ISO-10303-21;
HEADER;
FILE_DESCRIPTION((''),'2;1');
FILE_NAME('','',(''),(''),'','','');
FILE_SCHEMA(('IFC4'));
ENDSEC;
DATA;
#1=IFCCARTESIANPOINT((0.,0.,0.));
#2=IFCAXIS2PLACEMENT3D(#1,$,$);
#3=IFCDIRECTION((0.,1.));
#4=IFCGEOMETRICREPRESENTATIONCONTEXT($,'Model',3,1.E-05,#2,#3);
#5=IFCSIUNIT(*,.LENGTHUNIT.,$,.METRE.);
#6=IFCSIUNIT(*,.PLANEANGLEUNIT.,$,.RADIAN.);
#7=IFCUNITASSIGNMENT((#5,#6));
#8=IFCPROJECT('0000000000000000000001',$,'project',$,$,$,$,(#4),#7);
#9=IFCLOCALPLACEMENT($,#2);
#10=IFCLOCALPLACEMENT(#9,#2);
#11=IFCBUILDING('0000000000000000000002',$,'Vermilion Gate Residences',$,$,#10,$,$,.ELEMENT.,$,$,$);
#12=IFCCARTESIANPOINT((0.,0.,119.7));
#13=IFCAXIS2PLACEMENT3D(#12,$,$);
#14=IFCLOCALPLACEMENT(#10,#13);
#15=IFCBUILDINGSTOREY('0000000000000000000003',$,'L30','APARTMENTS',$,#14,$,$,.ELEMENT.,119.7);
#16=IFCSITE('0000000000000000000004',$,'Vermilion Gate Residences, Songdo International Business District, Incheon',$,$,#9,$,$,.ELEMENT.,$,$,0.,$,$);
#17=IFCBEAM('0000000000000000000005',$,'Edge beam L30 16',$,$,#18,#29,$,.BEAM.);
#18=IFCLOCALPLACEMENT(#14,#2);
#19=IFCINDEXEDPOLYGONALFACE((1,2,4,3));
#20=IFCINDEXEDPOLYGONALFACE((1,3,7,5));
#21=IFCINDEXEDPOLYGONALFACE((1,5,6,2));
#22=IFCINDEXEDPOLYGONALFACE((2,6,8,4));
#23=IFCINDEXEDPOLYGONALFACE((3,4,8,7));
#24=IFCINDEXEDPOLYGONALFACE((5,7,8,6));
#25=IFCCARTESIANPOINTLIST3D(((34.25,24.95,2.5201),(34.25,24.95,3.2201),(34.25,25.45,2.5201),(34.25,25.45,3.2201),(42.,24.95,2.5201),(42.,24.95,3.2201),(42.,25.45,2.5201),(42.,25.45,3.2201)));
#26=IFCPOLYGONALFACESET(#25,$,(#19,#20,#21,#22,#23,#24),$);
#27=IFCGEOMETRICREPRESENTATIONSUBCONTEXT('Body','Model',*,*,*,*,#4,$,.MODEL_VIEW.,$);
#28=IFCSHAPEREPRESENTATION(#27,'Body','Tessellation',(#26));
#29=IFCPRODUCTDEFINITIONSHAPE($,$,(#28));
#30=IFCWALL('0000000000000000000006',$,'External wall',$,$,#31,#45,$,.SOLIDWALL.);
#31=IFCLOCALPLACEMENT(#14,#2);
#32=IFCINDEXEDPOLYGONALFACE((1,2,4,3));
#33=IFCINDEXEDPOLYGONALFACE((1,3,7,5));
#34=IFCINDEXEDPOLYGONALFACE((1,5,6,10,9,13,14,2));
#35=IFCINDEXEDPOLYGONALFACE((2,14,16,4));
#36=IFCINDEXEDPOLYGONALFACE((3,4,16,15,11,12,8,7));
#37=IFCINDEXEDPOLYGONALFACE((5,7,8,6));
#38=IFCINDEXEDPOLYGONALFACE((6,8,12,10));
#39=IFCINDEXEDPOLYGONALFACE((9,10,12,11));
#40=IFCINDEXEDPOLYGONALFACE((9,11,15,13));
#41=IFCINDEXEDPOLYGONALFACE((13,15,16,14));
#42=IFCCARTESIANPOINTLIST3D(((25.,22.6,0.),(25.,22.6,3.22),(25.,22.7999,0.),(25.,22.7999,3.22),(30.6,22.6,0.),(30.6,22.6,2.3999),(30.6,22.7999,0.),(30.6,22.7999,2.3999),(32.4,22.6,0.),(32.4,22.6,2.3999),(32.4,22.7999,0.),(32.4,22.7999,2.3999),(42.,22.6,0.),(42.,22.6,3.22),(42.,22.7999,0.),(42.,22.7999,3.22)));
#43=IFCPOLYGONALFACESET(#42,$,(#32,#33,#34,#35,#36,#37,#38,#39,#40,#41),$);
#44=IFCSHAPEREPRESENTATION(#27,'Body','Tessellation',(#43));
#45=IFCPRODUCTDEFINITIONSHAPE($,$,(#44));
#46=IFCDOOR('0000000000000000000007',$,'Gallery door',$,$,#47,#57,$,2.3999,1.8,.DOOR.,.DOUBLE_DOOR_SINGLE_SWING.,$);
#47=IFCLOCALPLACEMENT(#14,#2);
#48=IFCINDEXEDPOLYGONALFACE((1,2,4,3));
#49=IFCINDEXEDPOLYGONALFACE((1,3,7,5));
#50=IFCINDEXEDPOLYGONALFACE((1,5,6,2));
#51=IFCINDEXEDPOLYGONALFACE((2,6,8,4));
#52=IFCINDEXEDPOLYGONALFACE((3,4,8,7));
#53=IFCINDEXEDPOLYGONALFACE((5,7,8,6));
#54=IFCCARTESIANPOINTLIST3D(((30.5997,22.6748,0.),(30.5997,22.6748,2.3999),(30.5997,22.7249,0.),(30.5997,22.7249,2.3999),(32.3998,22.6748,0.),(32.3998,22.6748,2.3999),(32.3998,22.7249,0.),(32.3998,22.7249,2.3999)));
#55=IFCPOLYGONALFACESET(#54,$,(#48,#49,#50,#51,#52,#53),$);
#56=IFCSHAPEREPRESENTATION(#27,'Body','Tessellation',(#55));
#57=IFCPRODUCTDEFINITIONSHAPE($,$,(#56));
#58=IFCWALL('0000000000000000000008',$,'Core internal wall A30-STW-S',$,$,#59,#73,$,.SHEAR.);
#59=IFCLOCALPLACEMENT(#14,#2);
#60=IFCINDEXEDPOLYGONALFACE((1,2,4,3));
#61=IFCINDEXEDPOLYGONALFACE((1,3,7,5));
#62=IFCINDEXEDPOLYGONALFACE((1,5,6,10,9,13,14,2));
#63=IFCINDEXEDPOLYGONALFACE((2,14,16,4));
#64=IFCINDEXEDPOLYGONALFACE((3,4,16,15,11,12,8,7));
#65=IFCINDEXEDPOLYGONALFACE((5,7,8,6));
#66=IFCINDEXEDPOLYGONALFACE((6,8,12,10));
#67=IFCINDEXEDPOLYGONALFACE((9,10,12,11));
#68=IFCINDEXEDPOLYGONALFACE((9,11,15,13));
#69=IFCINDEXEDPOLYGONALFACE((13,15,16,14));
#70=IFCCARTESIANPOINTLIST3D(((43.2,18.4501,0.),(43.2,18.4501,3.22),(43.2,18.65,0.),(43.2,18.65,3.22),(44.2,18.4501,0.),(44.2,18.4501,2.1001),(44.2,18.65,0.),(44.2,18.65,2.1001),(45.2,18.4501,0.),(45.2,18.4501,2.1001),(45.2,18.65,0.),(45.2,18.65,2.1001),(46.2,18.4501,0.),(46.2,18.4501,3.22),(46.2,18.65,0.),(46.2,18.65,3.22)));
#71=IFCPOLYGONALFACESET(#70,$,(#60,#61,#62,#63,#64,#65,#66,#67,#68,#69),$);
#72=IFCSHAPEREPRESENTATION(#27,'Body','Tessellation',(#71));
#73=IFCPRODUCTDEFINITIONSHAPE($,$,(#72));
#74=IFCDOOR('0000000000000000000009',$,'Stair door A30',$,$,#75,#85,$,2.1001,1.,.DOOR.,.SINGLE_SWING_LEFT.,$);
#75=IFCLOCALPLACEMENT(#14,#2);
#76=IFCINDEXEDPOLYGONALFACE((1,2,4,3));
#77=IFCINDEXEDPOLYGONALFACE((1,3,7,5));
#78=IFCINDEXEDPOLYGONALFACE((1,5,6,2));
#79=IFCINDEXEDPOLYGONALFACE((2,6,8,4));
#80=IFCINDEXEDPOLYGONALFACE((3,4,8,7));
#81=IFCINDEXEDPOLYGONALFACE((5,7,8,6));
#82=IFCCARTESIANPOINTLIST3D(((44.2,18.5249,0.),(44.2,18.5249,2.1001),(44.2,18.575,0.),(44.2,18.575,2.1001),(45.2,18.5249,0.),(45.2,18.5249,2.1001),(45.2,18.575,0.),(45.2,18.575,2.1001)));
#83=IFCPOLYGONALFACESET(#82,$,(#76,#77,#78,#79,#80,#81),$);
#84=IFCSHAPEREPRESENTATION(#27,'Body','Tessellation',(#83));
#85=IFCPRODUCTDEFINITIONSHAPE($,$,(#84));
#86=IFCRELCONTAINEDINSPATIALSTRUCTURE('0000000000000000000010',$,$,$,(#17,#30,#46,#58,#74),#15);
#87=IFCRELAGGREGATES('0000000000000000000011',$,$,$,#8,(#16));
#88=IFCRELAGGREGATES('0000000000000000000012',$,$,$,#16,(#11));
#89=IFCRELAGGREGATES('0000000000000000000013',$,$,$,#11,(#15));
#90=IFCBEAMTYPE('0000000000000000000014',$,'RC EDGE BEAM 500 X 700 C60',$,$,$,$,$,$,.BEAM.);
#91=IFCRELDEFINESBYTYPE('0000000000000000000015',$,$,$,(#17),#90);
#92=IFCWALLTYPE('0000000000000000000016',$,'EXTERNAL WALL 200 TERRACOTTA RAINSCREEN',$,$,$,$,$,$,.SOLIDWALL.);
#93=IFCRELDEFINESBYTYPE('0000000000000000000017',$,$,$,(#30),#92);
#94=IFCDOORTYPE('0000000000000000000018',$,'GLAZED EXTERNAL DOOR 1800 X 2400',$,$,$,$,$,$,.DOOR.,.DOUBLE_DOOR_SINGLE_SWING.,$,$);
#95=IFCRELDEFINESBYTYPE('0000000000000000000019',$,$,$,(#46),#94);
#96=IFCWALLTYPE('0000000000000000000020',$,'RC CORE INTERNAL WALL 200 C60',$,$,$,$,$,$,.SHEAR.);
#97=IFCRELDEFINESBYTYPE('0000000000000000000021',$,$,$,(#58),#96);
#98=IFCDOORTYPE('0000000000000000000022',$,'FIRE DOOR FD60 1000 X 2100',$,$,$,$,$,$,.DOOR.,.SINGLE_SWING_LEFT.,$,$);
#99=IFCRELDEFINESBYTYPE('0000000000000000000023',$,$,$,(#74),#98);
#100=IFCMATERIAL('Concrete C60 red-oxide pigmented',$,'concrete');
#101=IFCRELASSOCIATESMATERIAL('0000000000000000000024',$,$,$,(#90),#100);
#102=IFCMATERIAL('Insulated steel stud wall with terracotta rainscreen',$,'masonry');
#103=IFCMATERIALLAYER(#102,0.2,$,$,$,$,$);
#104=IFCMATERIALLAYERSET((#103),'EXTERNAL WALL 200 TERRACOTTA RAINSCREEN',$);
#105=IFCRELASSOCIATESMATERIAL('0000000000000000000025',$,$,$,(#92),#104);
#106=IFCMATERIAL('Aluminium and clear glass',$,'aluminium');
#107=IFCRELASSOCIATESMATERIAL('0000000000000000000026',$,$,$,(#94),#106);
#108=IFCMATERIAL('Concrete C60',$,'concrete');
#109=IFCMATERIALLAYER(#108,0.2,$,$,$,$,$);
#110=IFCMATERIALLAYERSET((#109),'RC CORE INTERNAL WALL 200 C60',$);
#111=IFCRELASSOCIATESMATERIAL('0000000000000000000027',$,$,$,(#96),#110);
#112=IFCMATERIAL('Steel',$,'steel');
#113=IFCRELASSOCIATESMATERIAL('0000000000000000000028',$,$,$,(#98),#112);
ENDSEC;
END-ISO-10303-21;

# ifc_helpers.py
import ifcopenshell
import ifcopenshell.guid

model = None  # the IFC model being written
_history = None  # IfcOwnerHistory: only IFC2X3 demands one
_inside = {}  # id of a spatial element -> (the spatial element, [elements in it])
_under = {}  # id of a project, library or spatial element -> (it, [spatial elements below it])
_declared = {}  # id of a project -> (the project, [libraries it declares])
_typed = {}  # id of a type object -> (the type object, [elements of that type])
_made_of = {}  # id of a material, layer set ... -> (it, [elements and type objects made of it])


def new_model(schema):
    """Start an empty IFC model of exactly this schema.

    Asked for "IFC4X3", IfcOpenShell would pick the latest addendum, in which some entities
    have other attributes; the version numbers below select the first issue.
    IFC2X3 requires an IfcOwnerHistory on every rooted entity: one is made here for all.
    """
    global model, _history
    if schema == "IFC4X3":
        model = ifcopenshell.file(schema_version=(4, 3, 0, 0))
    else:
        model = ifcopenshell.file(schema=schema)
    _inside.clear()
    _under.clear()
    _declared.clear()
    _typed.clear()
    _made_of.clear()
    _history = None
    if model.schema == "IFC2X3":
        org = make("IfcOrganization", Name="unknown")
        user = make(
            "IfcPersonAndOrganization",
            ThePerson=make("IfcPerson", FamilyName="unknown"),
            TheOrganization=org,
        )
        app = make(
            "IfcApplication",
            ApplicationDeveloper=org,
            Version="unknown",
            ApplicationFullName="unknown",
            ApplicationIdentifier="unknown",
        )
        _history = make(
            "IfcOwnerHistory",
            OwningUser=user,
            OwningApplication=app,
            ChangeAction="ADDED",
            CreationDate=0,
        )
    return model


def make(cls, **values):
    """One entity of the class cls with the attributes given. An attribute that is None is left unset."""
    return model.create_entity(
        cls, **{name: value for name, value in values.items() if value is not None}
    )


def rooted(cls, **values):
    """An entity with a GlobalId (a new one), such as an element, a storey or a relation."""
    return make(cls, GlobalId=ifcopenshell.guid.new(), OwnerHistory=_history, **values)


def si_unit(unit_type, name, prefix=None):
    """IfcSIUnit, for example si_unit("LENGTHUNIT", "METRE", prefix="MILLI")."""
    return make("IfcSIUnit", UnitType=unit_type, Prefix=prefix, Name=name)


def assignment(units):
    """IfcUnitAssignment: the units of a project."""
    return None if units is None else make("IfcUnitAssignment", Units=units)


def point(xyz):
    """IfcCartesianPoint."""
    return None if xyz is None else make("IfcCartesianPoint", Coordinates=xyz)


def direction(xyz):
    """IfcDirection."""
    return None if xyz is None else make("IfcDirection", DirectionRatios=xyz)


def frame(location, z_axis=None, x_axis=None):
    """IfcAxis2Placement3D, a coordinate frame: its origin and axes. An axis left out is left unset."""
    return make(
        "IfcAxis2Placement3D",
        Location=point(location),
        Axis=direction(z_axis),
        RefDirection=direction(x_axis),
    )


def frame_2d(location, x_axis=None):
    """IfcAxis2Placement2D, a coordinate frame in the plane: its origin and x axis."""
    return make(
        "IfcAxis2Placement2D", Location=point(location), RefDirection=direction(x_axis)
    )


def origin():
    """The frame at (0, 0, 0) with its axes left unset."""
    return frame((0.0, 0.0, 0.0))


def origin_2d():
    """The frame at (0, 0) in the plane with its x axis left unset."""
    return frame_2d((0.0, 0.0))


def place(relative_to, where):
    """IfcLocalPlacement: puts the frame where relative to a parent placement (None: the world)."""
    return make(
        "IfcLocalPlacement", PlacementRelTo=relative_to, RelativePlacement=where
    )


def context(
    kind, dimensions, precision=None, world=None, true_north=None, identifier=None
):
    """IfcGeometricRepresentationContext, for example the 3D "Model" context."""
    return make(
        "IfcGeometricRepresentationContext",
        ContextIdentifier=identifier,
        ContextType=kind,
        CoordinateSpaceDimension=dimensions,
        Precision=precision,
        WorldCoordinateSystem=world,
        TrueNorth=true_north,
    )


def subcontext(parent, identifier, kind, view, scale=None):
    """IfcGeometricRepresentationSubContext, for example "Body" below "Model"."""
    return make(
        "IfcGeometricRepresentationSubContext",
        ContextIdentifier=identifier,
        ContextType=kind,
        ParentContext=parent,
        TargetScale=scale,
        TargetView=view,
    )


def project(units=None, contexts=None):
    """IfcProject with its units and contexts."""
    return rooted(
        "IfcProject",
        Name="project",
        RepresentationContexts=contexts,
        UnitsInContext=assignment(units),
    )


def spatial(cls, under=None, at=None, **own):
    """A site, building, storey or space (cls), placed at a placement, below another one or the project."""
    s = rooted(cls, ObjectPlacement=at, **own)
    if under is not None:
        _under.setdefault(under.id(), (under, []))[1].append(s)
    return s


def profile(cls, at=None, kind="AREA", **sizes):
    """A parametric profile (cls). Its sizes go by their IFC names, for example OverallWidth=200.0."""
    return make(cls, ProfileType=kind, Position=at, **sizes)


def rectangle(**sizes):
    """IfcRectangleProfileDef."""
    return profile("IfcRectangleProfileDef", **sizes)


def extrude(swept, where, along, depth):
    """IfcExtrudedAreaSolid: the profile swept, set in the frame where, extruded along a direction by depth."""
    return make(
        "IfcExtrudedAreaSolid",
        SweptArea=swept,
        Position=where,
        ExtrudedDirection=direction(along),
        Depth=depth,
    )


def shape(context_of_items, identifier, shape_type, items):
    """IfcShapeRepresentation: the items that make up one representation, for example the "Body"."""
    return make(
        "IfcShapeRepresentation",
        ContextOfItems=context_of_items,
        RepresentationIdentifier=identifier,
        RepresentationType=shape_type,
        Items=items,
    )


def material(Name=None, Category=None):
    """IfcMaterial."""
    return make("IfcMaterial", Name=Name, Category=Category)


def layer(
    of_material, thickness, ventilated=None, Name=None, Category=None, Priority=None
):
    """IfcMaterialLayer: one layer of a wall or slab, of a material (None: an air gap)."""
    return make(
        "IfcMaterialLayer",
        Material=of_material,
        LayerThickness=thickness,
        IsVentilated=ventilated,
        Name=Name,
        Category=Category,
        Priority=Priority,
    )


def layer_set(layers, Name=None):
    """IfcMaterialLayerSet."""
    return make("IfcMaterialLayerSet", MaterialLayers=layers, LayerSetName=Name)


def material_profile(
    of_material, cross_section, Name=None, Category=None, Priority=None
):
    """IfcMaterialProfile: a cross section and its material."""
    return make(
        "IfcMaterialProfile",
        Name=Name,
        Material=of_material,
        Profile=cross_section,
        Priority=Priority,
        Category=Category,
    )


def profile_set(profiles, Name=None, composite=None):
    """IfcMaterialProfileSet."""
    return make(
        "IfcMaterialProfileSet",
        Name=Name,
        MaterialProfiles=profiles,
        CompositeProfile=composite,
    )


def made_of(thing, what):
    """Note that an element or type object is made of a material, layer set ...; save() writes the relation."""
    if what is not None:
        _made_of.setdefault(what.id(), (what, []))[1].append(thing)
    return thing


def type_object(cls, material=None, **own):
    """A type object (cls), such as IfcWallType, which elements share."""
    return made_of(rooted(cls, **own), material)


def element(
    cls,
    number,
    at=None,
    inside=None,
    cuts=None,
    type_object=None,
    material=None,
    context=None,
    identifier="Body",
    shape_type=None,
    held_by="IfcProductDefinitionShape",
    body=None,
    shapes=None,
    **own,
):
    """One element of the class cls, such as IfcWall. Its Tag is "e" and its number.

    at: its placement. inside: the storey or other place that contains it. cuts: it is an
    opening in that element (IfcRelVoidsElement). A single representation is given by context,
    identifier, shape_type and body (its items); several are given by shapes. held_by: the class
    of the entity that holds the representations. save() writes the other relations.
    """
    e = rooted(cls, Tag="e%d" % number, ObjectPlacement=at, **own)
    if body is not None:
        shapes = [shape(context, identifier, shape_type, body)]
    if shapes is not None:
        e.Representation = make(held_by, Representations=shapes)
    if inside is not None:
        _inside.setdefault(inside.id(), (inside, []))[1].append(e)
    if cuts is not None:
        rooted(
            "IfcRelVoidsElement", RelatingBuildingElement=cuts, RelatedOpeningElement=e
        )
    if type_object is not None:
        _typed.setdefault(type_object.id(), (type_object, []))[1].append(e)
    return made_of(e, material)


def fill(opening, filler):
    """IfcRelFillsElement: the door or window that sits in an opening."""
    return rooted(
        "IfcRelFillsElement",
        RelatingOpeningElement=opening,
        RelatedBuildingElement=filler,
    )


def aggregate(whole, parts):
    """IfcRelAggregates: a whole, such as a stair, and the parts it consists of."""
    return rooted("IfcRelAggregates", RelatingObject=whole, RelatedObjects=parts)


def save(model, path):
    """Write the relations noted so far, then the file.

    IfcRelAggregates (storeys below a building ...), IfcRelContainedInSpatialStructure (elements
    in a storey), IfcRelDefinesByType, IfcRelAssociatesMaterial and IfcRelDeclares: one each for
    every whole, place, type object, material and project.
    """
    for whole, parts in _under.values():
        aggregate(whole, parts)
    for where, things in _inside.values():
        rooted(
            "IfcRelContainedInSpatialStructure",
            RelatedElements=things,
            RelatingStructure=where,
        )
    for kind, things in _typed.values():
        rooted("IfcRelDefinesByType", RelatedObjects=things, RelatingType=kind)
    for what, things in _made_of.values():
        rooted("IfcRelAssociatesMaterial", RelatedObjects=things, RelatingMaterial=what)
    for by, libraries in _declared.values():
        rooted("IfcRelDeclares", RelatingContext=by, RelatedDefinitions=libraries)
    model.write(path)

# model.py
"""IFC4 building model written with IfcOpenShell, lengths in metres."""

from ifc_helpers import new_model, si_unit, direction, frame, frame_2d, origin, origin_2d, place, context, subcontext, project, spatial, rectangle, extrude, material, layer, layer_set, material_profile, profile_set, type_object, element, fill, save


model = new_model("IFC4")

# Units and contexts
model_context = context("Model", 3, precision=1e-05, world=origin(), true_north=direction((0.0, 1.0)))
body_context = subcontext(model_context, "Body", "Model", "MODEL_VIEW")
ifc_project = project(units=[si_unit("LENGTHUNIT", "METRE"), si_unit("PLANEANGLEUNIT", "RADIAN")], contexts=[model_context])

# Site, building, storey
site_placement = place(None, origin())
site = spatial("IfcSite", under=ifc_project, at=site_placement, Name="Vermilion Gate Residences, Songdo International Business District, Incheon", CompositionType="ELEMENT", RefElevation=0.0)
building_placement = place(site_placement, origin())
building = spatial("IfcBuilding", under=site, at=building_placement, Name="Vermilion Gate Residences", CompositionType="ELEMENT")
storey_placement = place(building_placement, frame((0.0, 0.0, 119.7)))
storey = spatial("IfcBuildingStorey", under=building, at=storey_placement, Name="L30", Description="APARTMENTS", CompositionType="ELEMENT", Elevation=119.7)

# Beam
ifc_material_1 = material(Name="Concrete C60 red-oxide pigmented", Category="concrete")
ifc_material_profile_1 = material_profile(ifc_material_1, rectangle(XDim=0.5, YDim=0.7, at=origin_2d()), Name="RC-500x700")
ifc_profile_set_1 = profile_set([ifc_material_profile_1], Name="Concrete C60 red-oxide pigmented")
beam_type = type_object("IfcBeamType", Name="RC EDGE BEAM 500 X 700 C60", PredefinedType="BEAM", material=ifc_profile_set_1)
beam_placement = place(storey_placement, frame((34.25, 25.2, 2.8701), z_axis=(1.0, 0.0, 0.0), x_axis=(0.0, 1.0, 0.0)))
element("IfcBeam", 1, at=beam_placement, inside=storey, type_object=beam_type, Name="Edge beam L30 16", PredefinedType="BEAM", context=body_context, shape_type="SweptSolid", body=[
    extrude(rectangle(XDim=0.5, YDim=0.7, at=origin_2d()), origin(), (0.0, 0.0, 1.0), 7.75),
])

# Walls, openings, doors
ifc_material_2 = material(Name="Insulated steel stud wall with terracotta rainscreen", Category="masonry")
ifc_layer_1 = layer(ifc_material_2, 0.2)
ifc_layer_set_1 = layer_set([ifc_layer_1], Name="EXTERNAL WALL 200 TERRACOTTA RAINSCREEN")
wall_type_1 = type_object("IfcWallType", Name="EXTERNAL WALL 200 TERRACOTTA RAINSCREEN", PredefinedType="SOLIDWALL", material=ifc_layer_set_1)
wall_1_placement = place(storey_placement, frame((42.0, 22.7, 0.0), z_axis=(0.0, 0.0, 1.0), x_axis=(-1.0, 0.0, 0.0)))
wall_1 = element("IfcWall", 2, at=wall_1_placement, inside=storey, type_object=wall_type_1, Name="External wall", PredefinedType="SOLIDWALL", context=body_context, shape_type="SweptSolid", body=[
    extrude(rectangle(XDim=17.0, YDim=0.2, at=frame_2d((8.5, 0.0))), origin(), (0.0, 0.0, 1.0), 3.22),
])
opening_1_placement = place(wall_1_placement, frame((9.6001, 0.0, 0.0)))
opening_1 = element("IfcOpeningElement", 3, at=opening_1_placement, cuts=wall_1, PredefinedType="OPENING", context=body_context, shape_type="SweptSolid", body=[
    extrude(rectangle(XDim=1.8, YDim=2.3999, at=frame_2d((0.8999, 1.2))), frame((0.0, 0.1099, 0.0), z_axis=(0.0, -1.0, 0.0), x_axis=(1.0, 0.0, 0.0)), (0.0, 0.0, 1.0), 0.22),
])
ifc_material_3 = material(Name="Aluminium and clear glass", Category="aluminium")
door_type_1 = type_object("IfcDoorType", Name="GLAZED EXTERNAL DOOR 1800 X 2400", OperationType="DOUBLE_DOOR_SINGLE_SWING", PredefinedType="DOOR", material=ifc_material_3)
door_1_placement = place(opening_1_placement, frame((1.8, 0.0, 0.0), z_axis=(0.0, 0.0, 1.0), x_axis=(-1.0, 0.0, 0.0)))
door_1 = element("IfcDoor", 4, at=door_1_placement, inside=storey, type_object=door_type_1, Name="Gallery door", OperationType="DOUBLE_DOOR_SINGLE_SWING", OverallHeight=2.3999, OverallWidth=1.8, PredefinedType="DOOR", context=body_context, shape_type="SweptSolid", body=[
    extrude(rectangle(XDim=1.8, YDim=2.3999, at=frame_2d((0.8999, 1.2))), frame((0.0, 0.0249, 0.0), z_axis=(0.0, -1.0, 0.0), x_axis=(1.0, 0.0, 0.0)), (0.0, 0.0, 1.0), 0.05),
])
fill(opening_1, door_1)
ifc_material_4 = material(Name="Concrete C60", Category="concrete")
ifc_layer_2 = layer(ifc_material_4, 0.2)
ifc_layer_set_2 = layer_set([ifc_layer_2], Name="RC CORE INTERNAL WALL 200 C60")
wall_type_2 = type_object("IfcWallType", Name="RC CORE INTERNAL WALL 200 C60", PredefinedType="SHEAR", material=ifc_layer_set_2)
wall_2_placement = place(storey_placement, frame((43.2, 18.55, 0.0), z_axis=(0.0, 0.0, 1.0), x_axis=(1.0, 0.0, 0.0)))
wall_2 = element("IfcWall", 5, at=wall_2_placement, inside=storey, type_object=wall_type_2, Name="Core internal wall A30-STW-S", PredefinedType="SHEAR", context=body_context, shape_type="SweptSolid", body=[
    extrude(rectangle(XDim=3.0, YDim=0.2, at=frame_2d((1.5, 0.0))), origin(), (0.0, 0.0, 1.0), 3.22),
])
opening_2_placement = place(wall_2_placement, frame((1.0, 0.0, 0.0)))
opening_2 = element("IfcOpeningElement", 6, at=opening_2_placement, cuts=wall_2, PredefinedType="OPENING", context=body_context, shape_type="SweptSolid", body=[
    extrude(rectangle(XDim=1.0, YDim=2.1001, at=frame_2d((0.5, 1.05))), frame((0.0, 0.1099, 0.0), z_axis=(0.0, -1.0, 0.0), x_axis=(1.0, 0.0, 0.0)), (0.0, 0.0, 1.0), 0.22),
])
ifc_material_5 = material(Name="Steel", Category="steel")
door_type_2 = type_object("IfcDoorType", Name="FIRE DOOR FD60 1000 X 2100", OperationType="SINGLE_SWING_LEFT", PredefinedType="DOOR", material=ifc_material_5)
door_2_placement = place(opening_2_placement, origin())
door_2 = element("IfcDoor", 7, at=door_2_placement, inside=storey, type_object=door_type_2, Name="Stair door A30", OperationType="SINGLE_SWING_LEFT", OverallHeight=2.1001, OverallWidth=1.0, PredefinedType="DOOR", context=body_context, shape_type="SweptSolid", body=[
    extrude(rectangle(XDim=1.0, YDim=2.1001, at=frame_2d((0.5, 1.05))), frame((0.0, 0.0249, 0.0), z_axis=(0.0, -1.0, 0.0), x_axis=(1.0, 0.0, 0.0)), (0.0, 0.0, 1.0), 0.05),
])
fill(opening_2, door_2)

save(model, "model.ifc")
